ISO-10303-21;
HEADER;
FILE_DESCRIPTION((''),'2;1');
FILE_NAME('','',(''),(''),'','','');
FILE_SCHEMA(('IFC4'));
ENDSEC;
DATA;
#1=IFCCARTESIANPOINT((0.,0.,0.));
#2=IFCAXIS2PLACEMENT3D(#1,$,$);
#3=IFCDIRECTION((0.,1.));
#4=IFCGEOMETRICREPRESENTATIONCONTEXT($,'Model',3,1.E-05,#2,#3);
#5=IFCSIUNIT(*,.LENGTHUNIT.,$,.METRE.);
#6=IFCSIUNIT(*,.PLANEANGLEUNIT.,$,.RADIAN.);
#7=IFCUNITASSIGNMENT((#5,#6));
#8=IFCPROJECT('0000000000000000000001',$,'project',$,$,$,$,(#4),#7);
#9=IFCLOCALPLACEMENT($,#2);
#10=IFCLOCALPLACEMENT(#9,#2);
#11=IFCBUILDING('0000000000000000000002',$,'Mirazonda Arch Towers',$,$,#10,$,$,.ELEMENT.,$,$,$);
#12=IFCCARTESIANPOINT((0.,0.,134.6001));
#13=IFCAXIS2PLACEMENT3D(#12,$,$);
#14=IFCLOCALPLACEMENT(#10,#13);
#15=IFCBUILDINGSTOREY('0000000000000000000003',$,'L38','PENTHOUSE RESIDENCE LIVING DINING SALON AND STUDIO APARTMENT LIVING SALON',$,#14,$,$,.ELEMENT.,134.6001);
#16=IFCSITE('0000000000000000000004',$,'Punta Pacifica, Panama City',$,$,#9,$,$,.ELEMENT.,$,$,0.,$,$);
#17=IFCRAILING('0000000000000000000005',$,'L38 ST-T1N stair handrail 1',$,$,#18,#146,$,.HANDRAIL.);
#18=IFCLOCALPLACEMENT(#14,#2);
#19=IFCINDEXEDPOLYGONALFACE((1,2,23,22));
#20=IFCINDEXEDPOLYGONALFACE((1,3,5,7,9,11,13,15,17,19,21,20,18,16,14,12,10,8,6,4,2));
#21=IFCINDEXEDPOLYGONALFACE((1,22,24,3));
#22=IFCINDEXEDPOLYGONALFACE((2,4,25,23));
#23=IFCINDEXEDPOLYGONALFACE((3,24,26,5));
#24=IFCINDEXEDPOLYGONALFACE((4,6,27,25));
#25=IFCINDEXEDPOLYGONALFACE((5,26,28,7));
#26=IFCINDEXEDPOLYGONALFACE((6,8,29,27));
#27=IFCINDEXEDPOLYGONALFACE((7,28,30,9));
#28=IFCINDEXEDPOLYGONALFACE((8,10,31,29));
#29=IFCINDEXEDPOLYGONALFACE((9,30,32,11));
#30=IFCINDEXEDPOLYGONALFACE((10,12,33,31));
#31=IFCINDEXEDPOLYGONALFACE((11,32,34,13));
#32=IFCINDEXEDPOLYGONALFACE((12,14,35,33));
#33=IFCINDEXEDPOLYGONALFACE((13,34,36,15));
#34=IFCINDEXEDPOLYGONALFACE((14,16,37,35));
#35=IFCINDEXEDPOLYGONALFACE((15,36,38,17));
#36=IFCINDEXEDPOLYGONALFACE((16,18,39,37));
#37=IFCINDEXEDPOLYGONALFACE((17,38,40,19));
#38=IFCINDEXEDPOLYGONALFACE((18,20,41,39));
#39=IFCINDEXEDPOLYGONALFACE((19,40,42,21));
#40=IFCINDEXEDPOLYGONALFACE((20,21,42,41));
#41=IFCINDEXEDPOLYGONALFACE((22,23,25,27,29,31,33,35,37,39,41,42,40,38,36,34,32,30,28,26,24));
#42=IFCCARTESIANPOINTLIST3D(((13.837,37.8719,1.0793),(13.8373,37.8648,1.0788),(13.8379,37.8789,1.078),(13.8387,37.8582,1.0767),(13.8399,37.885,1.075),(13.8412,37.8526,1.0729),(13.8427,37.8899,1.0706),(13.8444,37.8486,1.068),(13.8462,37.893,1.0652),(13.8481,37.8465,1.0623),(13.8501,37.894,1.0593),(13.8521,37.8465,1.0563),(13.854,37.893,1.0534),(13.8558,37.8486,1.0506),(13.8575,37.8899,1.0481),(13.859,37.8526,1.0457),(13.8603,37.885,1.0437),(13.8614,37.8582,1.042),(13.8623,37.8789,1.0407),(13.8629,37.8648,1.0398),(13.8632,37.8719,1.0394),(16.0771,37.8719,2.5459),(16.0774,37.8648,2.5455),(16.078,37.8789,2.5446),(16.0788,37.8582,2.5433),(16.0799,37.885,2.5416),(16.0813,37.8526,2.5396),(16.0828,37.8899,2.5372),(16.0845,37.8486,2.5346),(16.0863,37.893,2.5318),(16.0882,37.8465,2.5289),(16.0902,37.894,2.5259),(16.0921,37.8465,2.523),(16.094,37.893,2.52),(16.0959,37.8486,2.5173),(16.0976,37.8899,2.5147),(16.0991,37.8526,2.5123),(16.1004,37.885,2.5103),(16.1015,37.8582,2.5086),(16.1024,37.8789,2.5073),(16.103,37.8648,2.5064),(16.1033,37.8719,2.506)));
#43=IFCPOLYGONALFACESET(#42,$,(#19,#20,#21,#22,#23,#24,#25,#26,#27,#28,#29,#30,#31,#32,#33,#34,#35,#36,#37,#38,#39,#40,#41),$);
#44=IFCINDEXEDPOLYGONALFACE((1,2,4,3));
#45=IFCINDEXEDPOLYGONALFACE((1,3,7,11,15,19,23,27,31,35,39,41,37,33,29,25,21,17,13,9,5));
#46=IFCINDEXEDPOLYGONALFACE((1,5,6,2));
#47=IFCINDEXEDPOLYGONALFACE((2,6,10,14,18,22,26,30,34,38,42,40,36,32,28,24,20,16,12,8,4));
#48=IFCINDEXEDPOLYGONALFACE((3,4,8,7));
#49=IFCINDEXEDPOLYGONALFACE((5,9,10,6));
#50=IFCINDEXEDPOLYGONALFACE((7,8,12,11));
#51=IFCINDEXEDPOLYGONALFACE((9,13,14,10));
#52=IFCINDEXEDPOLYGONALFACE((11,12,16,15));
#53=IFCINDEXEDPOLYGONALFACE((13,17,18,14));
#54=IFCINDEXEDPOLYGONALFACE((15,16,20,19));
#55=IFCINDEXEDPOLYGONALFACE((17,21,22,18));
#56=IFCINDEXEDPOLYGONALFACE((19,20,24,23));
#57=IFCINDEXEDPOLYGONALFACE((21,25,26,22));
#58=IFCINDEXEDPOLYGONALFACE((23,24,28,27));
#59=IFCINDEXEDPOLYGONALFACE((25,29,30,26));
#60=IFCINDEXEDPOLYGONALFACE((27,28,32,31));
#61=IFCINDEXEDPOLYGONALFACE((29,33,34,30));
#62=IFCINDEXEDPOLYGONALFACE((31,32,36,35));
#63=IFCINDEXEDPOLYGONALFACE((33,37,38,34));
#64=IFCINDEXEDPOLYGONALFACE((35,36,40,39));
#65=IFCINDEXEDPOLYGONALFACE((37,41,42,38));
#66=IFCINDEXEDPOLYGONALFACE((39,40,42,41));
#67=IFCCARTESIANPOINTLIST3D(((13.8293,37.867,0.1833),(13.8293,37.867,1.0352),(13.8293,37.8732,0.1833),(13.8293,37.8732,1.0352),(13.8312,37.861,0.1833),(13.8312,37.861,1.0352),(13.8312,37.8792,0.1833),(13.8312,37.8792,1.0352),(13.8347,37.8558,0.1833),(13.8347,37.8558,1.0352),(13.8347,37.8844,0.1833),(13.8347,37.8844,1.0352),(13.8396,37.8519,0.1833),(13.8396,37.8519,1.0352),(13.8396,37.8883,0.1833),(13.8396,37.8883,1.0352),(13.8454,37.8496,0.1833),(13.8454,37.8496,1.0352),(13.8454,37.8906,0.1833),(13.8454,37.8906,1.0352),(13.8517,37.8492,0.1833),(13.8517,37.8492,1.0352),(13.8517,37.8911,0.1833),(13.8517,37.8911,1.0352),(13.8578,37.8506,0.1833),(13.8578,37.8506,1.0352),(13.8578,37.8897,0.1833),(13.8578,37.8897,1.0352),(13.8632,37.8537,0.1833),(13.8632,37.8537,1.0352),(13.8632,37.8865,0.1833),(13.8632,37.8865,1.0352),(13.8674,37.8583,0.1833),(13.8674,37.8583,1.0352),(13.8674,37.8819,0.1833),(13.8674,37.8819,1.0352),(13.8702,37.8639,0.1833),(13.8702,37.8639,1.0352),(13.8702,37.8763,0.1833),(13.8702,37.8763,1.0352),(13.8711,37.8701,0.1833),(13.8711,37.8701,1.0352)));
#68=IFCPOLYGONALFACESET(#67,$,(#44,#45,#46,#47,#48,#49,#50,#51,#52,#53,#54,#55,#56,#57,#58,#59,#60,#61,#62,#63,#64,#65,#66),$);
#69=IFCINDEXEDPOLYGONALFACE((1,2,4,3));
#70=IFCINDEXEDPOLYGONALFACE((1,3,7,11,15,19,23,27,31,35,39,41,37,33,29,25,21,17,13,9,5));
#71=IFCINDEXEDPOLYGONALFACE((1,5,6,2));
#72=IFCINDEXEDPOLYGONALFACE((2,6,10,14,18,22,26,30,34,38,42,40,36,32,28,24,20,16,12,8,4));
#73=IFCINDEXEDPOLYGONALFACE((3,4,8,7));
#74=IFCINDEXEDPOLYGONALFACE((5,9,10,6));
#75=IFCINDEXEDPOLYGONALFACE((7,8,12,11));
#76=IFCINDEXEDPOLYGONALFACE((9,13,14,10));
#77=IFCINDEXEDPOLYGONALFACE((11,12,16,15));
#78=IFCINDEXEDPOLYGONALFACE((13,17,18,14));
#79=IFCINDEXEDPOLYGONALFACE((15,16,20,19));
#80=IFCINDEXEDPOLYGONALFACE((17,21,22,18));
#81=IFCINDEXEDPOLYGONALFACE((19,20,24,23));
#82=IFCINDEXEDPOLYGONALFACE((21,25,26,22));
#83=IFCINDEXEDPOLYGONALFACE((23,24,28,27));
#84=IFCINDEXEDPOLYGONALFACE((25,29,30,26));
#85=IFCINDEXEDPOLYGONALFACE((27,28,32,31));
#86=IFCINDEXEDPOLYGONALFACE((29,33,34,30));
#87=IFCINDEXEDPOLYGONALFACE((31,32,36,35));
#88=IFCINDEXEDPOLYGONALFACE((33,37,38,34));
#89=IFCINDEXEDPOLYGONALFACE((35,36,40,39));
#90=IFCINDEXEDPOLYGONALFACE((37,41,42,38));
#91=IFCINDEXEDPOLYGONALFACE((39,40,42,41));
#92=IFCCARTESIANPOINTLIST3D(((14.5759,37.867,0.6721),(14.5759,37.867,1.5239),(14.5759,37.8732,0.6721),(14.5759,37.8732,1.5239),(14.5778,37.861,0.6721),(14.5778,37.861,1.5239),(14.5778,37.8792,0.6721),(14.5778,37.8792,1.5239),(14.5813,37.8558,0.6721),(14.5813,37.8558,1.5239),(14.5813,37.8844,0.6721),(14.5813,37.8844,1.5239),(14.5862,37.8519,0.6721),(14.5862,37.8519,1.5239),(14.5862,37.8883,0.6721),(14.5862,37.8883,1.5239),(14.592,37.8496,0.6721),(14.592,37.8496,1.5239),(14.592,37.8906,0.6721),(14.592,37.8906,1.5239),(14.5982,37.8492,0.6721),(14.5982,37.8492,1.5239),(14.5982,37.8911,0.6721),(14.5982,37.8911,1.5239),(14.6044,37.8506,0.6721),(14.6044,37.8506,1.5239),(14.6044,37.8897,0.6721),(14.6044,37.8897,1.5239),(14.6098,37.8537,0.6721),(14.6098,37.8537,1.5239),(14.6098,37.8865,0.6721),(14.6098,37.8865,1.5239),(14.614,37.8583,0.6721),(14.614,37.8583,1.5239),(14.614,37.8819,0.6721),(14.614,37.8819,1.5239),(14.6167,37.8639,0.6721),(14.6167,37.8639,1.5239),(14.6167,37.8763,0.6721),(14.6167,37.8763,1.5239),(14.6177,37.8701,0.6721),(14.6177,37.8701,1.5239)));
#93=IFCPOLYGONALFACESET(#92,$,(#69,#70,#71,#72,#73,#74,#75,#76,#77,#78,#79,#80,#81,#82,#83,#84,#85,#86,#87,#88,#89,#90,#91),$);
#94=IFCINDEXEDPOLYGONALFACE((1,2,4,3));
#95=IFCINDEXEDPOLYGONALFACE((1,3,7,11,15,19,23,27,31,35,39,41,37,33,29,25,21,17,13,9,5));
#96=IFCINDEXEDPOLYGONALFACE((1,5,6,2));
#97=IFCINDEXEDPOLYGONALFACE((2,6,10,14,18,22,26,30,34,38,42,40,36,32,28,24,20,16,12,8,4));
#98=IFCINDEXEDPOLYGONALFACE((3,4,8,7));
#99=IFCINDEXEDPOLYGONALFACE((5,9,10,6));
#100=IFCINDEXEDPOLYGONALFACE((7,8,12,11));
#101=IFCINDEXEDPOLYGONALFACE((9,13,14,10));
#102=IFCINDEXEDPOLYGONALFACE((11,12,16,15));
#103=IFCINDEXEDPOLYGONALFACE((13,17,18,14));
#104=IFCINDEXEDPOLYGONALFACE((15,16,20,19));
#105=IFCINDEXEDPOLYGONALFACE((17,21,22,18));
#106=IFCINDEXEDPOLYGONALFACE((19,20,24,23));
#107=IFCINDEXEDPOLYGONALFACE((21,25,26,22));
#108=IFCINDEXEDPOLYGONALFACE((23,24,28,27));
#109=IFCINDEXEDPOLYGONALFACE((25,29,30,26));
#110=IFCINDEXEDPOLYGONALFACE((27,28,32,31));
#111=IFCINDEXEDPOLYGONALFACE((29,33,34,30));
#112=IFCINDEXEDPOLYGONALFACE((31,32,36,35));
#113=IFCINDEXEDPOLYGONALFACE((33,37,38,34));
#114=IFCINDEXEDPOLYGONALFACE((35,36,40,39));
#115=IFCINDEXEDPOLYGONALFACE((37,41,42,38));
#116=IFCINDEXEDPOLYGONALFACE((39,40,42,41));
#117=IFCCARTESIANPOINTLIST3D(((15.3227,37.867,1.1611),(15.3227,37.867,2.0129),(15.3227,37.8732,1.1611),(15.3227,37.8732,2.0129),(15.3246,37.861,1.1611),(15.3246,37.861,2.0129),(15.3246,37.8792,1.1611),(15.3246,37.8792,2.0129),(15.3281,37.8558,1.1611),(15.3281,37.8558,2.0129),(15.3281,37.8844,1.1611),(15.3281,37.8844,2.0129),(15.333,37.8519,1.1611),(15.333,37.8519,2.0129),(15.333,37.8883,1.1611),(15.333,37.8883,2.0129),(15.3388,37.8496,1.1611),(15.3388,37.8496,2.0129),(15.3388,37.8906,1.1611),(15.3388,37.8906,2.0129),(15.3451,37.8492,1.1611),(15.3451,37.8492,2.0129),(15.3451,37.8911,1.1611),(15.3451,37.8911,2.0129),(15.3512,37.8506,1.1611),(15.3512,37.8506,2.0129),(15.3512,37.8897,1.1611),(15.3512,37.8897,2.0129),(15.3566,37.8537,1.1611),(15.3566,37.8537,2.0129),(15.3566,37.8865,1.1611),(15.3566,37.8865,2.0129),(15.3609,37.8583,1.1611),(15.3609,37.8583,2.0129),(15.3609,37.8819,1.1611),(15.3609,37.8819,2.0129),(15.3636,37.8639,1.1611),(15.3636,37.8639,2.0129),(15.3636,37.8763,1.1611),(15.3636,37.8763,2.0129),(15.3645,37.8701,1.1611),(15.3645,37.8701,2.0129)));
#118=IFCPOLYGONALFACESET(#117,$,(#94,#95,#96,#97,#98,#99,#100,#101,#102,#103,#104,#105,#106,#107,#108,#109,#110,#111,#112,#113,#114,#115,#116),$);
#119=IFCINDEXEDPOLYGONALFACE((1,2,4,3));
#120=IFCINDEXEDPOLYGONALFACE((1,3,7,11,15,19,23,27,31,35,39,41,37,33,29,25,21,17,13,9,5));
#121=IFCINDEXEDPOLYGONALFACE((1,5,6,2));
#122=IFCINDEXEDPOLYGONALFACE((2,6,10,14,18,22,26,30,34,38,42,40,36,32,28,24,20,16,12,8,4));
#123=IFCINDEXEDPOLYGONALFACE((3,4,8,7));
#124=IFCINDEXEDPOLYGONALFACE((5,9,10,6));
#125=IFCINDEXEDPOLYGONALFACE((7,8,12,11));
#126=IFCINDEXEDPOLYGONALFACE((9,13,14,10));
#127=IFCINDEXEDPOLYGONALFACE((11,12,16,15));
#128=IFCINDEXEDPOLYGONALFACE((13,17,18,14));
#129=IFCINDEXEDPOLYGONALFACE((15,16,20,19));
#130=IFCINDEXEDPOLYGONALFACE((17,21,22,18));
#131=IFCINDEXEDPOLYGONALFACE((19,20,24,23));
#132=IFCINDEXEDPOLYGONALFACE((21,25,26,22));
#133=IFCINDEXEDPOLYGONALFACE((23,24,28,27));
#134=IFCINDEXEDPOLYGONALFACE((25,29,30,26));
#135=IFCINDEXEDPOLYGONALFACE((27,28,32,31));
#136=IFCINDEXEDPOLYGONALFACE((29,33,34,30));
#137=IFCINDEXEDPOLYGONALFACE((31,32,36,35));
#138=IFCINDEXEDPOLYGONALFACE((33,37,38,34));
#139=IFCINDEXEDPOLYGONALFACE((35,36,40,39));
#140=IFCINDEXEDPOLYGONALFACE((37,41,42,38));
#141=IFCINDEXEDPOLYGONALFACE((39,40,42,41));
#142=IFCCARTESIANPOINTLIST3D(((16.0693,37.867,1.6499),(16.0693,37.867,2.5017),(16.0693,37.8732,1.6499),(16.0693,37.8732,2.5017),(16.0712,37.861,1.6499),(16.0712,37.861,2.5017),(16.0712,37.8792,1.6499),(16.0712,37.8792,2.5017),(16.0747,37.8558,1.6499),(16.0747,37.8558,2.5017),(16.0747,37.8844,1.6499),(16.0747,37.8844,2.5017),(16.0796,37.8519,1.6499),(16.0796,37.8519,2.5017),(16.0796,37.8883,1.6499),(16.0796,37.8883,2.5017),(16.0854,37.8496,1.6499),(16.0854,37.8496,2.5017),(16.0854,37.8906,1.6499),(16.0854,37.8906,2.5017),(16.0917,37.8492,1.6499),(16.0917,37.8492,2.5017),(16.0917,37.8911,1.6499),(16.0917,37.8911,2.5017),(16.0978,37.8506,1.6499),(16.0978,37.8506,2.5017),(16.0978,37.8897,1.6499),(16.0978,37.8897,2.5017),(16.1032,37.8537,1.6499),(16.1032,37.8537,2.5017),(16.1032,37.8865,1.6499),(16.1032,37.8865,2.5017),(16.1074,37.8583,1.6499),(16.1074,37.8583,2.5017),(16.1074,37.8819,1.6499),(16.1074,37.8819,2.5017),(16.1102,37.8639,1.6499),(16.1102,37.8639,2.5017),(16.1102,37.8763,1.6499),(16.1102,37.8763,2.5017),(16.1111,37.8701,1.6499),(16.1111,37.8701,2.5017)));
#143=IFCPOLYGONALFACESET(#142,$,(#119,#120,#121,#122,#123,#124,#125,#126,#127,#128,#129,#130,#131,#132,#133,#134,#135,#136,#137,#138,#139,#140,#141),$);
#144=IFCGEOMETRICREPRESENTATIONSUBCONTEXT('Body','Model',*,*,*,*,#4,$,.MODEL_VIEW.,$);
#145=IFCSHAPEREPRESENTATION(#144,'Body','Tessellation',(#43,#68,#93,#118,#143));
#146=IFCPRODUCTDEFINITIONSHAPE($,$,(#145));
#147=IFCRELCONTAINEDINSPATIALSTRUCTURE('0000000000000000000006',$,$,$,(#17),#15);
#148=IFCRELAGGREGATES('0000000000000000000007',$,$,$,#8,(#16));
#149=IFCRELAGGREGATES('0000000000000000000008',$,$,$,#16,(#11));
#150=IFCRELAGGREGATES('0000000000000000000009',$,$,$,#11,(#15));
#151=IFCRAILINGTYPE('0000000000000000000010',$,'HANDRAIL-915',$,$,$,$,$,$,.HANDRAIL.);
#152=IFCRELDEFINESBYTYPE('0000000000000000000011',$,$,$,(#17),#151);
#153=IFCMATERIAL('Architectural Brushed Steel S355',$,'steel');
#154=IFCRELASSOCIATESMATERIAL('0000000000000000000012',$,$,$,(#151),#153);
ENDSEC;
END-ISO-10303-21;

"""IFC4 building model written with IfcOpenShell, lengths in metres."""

from ifc_helpers import new_model, si_unit, direction, frame, origin, origin_2d, place, context, subcontext, project, spatial, circle, extrude, material, type_object, element, save


model = new_model("IFC4")

# Units and contexts
model_context = context("Model", 3, precision=1e-05, world=origin(), true_north=direction((0.0, 1.0)))
body_context = subcontext(model_context, "Body", "Model", "MODEL_VIEW")
ifc_project = project(units=[si_unit("LENGTHUNIT", "METRE"), si_unit("PLANEANGLEUNIT", "RADIAN")], contexts=[model_context])

# Site, building, storey
site_placement = place(None, origin())
site = spatial("IfcSite", under=ifc_project, at=site_placement, Name="Punta Pacifica, Panama City", CompositionType="ELEMENT", RefElevation=0.0)
building_placement = place(site_placement, origin())
building = spatial("IfcBuilding", under=site, at=building_placement, Name="Mirazonda Arch Towers", CompositionType="ELEMENT")
storey_placement = place(building_placement, frame((0.0, 0.0, 134.6001)))
storey = spatial("IfcBuildingStorey", under=building, at=storey_placement, Name="L38", Description="PENTHOUSE RESIDENCE LIVING DINING SALON AND STUDIO APARTMENT LIVING SALON", CompositionType="ELEMENT", Elevation=134.6001)

# Shared definitions
ifc_material_1 = material(Name="Architectural Brushed Steel S355", Category="steel")

# Railing
railing_type_1 = type_object("IfcRailingType", Name="HANDRAIL-915", PredefinedType="HANDRAIL", material=ifc_material_1)
railing_1_placement = place(storey_placement, frame((13.8501, 37.8701, 0.1833)))
element("IfcRailing", 1, at=railing_1_placement, inside=storey, type_object=railing_type_1, Name="L38 ST-T1N stair handrail 1", PredefinedType="HANDRAIL", context=body_context, shape_type="SweptSolid", body=[
    extrude(circle(Radius=0.0239, at=origin_2d()), frame((0.0, 0.0, 0.876), z_axis=(0.836637, 0.0, 0.547758), x_axis=(0.0, 1.0, 0.0)), (0.0, 0.0, 1.0), 2.6775),
    extrude(circle(Radius=0.021, at=origin_2d()), origin(), (0.0, 0.0, 1.0), 0.8518),
    extrude(circle(Radius=0.021, at=origin_2d()), frame((0.7466, 0.0, 0.4888)), (0.0, 0.0, 1.0), 0.8518),
    extrude(circle(Radius=0.021, at=origin_2d()), frame((1.4934, 0.0, 0.9778)), (0.0, 0.0, 1.0), 0.8518),
    extrude(circle(Radius=0.021, at=origin_2d()), frame((2.24, 0.0, 1.4666)), (0.0, 0.0, 1.0), 0.8518),
])

save(model, "model.ifc")
